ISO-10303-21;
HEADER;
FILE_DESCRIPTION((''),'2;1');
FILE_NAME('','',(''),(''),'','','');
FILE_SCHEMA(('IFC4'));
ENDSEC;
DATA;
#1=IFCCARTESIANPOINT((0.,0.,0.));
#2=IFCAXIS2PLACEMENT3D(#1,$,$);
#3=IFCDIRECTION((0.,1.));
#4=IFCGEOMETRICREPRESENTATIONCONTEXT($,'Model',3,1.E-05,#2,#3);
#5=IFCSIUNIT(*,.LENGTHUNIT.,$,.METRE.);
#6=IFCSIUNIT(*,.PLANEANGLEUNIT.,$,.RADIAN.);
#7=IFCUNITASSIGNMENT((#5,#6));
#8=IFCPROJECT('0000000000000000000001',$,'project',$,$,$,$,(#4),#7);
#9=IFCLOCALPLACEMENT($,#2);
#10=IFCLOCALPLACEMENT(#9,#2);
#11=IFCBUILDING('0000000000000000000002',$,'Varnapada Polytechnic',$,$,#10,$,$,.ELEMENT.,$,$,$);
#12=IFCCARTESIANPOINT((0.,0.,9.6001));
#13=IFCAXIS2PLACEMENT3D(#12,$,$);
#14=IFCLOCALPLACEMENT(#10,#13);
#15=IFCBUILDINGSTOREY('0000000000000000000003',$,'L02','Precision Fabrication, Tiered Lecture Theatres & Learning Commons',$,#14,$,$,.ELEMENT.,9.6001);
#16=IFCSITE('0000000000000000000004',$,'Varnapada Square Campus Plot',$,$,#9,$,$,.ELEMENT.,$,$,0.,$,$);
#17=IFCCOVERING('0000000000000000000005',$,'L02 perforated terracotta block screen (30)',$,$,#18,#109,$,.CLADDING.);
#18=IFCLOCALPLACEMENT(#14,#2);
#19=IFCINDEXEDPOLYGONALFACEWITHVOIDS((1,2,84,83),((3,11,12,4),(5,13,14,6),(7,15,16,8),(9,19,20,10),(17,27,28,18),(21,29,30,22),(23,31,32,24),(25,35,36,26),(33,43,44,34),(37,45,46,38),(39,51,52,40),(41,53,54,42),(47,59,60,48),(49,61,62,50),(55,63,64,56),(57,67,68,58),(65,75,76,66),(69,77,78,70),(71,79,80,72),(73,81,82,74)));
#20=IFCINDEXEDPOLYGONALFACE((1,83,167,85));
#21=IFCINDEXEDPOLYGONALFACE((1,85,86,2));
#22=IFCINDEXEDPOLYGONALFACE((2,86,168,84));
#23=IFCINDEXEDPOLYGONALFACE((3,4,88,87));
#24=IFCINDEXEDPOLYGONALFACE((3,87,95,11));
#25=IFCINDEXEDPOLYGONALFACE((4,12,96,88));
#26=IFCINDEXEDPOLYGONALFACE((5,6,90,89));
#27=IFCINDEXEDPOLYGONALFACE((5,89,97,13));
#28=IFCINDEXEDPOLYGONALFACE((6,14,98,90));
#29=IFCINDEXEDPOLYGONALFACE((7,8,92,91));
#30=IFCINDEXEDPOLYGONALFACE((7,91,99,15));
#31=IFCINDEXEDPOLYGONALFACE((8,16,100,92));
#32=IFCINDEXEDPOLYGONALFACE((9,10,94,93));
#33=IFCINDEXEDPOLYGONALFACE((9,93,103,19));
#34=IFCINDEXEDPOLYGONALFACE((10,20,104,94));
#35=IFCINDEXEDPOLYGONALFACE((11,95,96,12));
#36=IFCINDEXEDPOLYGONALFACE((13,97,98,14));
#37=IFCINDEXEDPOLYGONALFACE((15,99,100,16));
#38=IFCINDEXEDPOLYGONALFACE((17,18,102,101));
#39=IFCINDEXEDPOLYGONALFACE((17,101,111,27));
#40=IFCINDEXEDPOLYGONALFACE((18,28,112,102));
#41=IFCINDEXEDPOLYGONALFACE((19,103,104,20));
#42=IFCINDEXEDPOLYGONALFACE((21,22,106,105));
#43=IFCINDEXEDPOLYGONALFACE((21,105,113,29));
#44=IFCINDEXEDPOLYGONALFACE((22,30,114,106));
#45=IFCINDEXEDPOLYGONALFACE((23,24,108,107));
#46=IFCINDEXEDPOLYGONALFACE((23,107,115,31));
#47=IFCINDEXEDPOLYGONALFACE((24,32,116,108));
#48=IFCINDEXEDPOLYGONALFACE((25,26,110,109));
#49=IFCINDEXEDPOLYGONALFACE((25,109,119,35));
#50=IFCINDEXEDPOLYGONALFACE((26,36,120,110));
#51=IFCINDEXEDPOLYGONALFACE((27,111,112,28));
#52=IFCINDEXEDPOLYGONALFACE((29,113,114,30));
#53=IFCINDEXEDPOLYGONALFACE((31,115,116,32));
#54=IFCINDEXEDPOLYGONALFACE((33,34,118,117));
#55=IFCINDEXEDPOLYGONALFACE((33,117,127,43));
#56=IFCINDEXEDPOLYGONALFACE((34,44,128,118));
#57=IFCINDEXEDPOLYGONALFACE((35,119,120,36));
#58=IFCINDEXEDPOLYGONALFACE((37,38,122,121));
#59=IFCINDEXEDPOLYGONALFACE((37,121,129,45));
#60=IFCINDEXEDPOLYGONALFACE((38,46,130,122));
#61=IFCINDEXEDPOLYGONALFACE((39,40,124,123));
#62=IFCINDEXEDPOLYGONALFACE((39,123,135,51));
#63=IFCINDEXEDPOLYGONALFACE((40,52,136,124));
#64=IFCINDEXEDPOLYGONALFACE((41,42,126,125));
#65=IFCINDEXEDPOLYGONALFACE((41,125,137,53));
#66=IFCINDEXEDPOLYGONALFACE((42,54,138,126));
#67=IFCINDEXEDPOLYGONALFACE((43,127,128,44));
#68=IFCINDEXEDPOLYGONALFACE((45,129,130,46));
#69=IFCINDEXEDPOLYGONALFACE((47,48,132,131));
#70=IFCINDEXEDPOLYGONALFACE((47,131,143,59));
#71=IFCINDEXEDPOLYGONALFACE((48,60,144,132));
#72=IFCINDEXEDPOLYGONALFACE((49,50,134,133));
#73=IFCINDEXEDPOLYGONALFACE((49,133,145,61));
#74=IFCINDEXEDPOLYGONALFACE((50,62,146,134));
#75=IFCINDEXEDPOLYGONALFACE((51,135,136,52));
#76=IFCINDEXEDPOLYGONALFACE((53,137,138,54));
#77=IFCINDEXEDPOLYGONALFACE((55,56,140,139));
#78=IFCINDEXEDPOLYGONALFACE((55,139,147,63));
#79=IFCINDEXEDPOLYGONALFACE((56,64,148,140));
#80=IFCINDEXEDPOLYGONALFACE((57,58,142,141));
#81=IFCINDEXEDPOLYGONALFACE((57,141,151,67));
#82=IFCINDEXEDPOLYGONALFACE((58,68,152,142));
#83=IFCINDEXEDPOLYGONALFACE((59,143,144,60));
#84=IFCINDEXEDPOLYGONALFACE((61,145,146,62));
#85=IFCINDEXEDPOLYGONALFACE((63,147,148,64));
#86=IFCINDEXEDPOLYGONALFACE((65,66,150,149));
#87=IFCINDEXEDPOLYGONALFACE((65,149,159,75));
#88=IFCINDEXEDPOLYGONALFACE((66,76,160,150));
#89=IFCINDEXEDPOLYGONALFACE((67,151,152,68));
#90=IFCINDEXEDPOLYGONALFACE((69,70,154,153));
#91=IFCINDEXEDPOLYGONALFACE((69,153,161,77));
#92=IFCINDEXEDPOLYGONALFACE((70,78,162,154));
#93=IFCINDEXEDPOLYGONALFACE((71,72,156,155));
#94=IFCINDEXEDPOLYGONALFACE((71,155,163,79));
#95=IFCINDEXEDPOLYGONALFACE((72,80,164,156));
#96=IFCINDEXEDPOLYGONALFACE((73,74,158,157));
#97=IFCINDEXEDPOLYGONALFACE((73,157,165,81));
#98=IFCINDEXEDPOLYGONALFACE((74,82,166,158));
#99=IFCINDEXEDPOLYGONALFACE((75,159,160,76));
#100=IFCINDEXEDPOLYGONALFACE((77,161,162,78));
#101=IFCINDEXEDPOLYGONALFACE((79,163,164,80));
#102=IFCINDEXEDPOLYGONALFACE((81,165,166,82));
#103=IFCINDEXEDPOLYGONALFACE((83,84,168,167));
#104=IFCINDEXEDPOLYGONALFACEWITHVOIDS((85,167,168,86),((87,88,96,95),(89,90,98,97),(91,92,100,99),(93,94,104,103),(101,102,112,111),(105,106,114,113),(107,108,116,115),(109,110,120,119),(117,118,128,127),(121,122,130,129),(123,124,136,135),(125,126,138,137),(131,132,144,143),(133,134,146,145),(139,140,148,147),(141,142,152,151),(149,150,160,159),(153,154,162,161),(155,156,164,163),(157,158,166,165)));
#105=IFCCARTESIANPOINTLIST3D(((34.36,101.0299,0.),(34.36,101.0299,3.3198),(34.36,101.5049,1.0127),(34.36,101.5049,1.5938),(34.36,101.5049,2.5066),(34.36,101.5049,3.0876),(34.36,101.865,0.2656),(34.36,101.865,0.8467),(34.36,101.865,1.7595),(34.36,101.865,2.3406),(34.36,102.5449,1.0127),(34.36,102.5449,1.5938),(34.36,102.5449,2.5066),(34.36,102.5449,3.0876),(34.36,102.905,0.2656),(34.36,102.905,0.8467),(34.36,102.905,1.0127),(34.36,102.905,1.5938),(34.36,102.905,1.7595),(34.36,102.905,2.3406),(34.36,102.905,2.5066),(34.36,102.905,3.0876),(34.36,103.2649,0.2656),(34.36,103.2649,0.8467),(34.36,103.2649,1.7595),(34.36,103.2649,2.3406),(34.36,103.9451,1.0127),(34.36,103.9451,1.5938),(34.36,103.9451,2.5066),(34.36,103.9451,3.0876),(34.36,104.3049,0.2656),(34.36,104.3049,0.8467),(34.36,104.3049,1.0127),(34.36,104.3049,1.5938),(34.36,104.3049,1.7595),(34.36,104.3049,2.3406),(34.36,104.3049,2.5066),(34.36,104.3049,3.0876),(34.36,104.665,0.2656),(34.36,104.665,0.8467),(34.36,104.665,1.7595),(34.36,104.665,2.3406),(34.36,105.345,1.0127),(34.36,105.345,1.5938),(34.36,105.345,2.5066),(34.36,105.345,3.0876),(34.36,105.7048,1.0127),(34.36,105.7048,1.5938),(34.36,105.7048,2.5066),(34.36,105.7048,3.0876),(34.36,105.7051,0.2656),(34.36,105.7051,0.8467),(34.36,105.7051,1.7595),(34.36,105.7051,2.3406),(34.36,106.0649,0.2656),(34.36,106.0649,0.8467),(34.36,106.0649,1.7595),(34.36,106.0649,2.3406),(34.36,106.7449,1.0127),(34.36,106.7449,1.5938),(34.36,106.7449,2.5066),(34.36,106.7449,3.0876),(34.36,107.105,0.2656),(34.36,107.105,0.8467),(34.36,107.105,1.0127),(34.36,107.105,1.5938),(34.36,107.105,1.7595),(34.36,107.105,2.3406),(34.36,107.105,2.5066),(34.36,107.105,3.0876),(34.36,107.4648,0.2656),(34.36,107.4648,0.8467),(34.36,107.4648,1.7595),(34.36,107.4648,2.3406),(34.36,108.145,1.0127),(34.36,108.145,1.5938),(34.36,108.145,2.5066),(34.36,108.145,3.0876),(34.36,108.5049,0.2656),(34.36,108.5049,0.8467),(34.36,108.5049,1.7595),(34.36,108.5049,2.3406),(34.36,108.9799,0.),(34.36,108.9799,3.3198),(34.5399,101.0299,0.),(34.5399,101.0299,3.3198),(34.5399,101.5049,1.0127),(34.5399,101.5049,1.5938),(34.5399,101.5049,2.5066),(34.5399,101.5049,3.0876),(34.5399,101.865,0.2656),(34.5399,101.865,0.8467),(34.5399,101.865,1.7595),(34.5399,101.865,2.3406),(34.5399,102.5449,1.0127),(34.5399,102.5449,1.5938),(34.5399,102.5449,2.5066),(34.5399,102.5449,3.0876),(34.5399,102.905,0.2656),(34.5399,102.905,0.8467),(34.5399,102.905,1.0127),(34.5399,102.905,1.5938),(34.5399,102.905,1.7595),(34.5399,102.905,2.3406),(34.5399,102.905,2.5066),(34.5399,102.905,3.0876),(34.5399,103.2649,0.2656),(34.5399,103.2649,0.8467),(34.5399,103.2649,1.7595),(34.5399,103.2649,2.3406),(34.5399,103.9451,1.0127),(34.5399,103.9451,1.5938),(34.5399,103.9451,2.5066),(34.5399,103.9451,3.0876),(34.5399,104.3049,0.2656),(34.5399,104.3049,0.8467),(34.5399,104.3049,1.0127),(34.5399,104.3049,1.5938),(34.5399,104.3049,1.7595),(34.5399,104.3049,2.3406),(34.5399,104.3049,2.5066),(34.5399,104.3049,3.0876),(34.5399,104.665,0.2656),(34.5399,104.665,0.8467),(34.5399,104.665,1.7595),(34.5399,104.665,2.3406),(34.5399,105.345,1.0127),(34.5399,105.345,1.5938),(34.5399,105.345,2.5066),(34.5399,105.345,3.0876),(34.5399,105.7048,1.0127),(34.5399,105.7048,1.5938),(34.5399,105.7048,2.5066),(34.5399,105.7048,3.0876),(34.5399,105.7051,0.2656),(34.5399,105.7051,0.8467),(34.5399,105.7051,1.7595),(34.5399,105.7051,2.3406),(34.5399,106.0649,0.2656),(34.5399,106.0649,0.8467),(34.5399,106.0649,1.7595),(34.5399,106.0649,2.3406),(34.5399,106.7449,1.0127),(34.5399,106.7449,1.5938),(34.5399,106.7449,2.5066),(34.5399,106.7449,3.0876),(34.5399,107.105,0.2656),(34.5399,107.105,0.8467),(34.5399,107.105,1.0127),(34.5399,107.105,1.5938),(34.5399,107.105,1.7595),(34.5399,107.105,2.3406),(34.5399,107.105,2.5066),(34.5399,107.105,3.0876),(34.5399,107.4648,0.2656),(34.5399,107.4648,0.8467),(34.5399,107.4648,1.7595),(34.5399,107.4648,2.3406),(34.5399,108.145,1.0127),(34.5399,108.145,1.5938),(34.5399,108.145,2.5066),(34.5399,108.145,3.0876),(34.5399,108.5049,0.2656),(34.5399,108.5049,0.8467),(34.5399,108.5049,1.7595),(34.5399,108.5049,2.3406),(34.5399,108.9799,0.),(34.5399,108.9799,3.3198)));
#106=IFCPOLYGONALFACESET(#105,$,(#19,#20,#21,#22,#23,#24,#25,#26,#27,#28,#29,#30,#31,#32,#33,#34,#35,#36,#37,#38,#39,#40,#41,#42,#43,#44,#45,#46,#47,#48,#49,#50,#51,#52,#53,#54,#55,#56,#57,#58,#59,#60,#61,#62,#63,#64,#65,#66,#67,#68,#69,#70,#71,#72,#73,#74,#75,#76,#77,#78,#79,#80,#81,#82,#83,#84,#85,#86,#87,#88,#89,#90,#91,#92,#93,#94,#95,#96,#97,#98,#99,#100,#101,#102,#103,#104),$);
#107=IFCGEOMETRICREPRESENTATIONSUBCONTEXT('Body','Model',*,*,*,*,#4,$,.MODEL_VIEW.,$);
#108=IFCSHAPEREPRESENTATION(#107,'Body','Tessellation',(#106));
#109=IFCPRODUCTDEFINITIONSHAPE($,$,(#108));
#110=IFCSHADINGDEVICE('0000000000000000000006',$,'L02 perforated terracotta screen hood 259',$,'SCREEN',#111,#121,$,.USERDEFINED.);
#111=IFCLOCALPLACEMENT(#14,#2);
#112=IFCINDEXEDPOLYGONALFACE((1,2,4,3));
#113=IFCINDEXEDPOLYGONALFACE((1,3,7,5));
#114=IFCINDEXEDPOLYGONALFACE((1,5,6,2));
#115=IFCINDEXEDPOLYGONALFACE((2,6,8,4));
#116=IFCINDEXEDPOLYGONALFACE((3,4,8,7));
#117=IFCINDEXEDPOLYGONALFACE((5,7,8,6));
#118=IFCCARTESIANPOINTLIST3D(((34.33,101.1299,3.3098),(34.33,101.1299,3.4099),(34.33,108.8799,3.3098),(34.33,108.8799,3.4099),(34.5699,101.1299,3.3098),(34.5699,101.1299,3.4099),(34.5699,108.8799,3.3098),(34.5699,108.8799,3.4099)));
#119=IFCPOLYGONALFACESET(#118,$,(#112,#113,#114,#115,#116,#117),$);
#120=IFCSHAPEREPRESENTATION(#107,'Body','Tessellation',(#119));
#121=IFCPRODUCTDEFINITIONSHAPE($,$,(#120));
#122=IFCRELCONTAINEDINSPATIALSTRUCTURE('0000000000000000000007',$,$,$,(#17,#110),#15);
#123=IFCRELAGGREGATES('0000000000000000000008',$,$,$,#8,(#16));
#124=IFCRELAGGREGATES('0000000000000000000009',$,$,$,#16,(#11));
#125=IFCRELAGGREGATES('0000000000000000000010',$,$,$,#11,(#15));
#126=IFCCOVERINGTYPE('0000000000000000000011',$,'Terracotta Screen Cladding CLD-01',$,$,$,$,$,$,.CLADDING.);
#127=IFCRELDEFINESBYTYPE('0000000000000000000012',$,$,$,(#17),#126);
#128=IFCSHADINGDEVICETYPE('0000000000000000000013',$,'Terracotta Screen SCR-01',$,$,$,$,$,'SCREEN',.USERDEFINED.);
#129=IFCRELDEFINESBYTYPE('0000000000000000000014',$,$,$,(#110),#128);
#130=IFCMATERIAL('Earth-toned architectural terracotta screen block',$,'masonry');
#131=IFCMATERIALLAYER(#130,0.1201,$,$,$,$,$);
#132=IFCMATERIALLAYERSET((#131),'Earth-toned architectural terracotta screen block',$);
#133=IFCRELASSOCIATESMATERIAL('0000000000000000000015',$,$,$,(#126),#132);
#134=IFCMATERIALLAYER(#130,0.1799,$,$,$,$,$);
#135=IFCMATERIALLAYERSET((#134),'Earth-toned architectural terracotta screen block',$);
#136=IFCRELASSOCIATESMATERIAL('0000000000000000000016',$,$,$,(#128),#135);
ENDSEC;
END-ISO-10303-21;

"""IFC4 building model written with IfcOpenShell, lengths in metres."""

from ifc_helpers import new_model, si_unit, direction, frame, frame_2d, origin, origin_2d, place, context, subcontext, project, spatial, rectangle, extrude, material, layer, layer_set, type_object, element, save


model = new_model("IFC4")

# Units and contexts
model_context = context("Model", 3, precision=1e-05, world=origin(), true_north=direction((0.0, 1.0)))
body_context = subcontext(model_context, "Body", "Model", "MODEL_VIEW")
ifc_project = project(units=[si_unit("LENGTHUNIT", "METRE"), si_unit("PLANEANGLEUNIT", "RADIAN")], contexts=[model_context])

# Site, building, storey
site_placement = place(None, origin())
site = spatial("IfcSite", under=ifc_project, at=site_placement, Name="Varnapada Square Campus Plot", CompositionType="ELEMENT", RefElevation=0.0)
building_placement = place(site_placement, origin())
building = spatial("IfcBuilding", under=site, at=building_placement, Name="Varnapada Polytechnic", CompositionType="ELEMENT")
storey_placement = place(building_placement, frame((0.0, 0.0, 9.6001)))
storey = spatial("IfcBuildingStorey", under=building, at=storey_placement, Name="L02", Description="Precision Fabrication, Tiered Lecture Theatres & Learning Commons", CompositionType="ELEMENT", Elevation=9.6001)

# Covering, openings
ifc_material_1 = material(Name="Earth-toned architectural terracotta screen block", Category="masonry")
ifc_layer_1 = layer(ifc_material_1, 0.1201)
ifc_layer_set_1 = layer_set([ifc_layer_1], Name="Earth-toned architectural terracotta screen block")
covering_type = type_object("IfcCoveringType", Name="Terracotta Screen Cladding CLD-01", PredefinedType="CLADDING", material=ifc_layer_set_1)
covering_placement = place(storey_placement, frame((34.45, 108.98, 0.0), z_axis=(0.0, 0.0, 1.0), x_axis=(0.0, -1.0, 0.0)))
covering = element("IfcCovering", 1, at=covering_placement, inside=storey, type_object=covering_type, Name="L02 perforated terracotta block screen (30)", PredefinedType="CLADDING", context=body_context, shape_type="SweptSolid", body=[
    extrude(rectangle(XDim=7.95, YDim=0.1799, at=frame_2d((3.9751, 0.0))), origin(), (0.0, 0.0, 1.0), 3.3198),
])
opening_1_placement = place(covering_placement, frame((0.4751, 0.0, 0.2656)))
element("IfcOpeningElement", 2, at=opening_1_placement, cuts=covering, PredefinedType="OPENING", context=body_context, shape_type="SweptSolid", body=[
    extrude(rectangle(XDim=1.04, YDim=0.5811, at=frame_2d((0.52, 0.2905))), frame((0.0, 0.0999, 0.0), z_axis=(0.0, -1.0, 0.0), x_axis=(1.0, 0.0, 0.0)), (0.0, 0.0, 1.0), 0.2),
])
opening_2_placement = place(covering_placement, frame((1.875, 0.0, 0.2656)))
element("IfcOpeningElement", 3, at=opening_2_placement, cuts=covering, PredefinedType="OPENING", context=body_context, shape_type="SweptSolid", body=[
    extrude(rectangle(XDim=1.04, YDim=0.5811, at=frame_2d((0.52, 0.2905))), frame((0.0, 0.0999, 0.0), z_axis=(0.0, -1.0, 0.0), x_axis=(1.0, 0.0, 0.0)), (0.0, 0.0, 1.0), 0.2),
])
opening_3_placement = place(covering_placement, frame((3.2749, 0.0, 0.2656)))
element("IfcOpeningElement", 4, at=opening_3_placement, cuts=covering, PredefinedType="OPENING", context=body_context, shape_type="SweptSolid", body=[
    extrude(rectangle(XDim=1.04, YDim=0.5811, at=frame_2d((0.52, 0.2905))), frame((0.0, 0.0999, 0.0), z_axis=(0.0, -1.0, 0.0), x_axis=(1.0, 0.0, 0.0)), (0.0, 0.0, 1.0), 0.2),
])
opening_4_placement = place(covering_placement, frame((4.675, 0.0, 0.2656)))
element("IfcOpeningElement", 5, at=opening_4_placement, cuts=covering, PredefinedType="OPENING", context=body_context, shape_type="SweptSolid", body=[
    extrude(rectangle(XDim=1.04, YDim=0.5811, at=frame_2d((0.52, 0.2905))), frame((0.0, 0.0999, 0.0), z_axis=(0.0, -1.0, 0.0), x_axis=(1.0, 0.0, 0.0)), (0.0, 0.0, 1.0), 0.2),
])
opening_5_placement = place(covering_placement, frame((6.075, 0.0, 0.2656)))
element("IfcOpeningElement", 6, at=opening_5_placement, cuts=covering, PredefinedType="OPENING", context=body_context, shape_type="SweptSolid", body=[
    extrude(rectangle(XDim=1.04, YDim=0.5811, at=frame_2d((0.52, 0.2905))), frame((0.0, 0.0999, 0.0), z_axis=(0.0, -1.0, 0.0), x_axis=(1.0, 0.0, 0.0)), (0.0, 0.0, 1.0), 0.2),
])
opening_6_placement = place(covering_placement, frame((0.835, 0.0, 1.0127)))
element("IfcOpeningElement", 7, at=opening_6_placement, cuts=covering, PredefinedType="OPENING", context=body_context, shape_type="SweptSolid", body=[
    extrude(rectangle(XDim=1.04, YDim=0.5811, at=frame_2d((0.52, 0.2905))), frame((0.0, 0.0999, 0.0), z_axis=(0.0, -1.0, 0.0), x_axis=(1.0, 0.0, 0.0)), (0.0, 0.0, 1.0), 0.2),
])
opening_7_placement = place(covering_placement, frame((2.2351, 0.0, 1.0127)))
element("IfcOpeningElement", 8, at=opening_7_placement, cuts=covering, PredefinedType="OPENING", context=body_context, shape_type="SweptSolid", body=[
    extrude(rectangle(XDim=1.04, YDim=0.5811, at=frame_2d((0.52, 0.2905))), frame((0.0, 0.0999, 0.0), z_axis=(0.0, -1.0, 0.0), x_axis=(1.0, 0.0, 0.0)), (0.0, 0.0, 1.0), 0.2),
])
opening_8_placement = place(covering_placement, frame((3.635, 0.0, 1.0127)))
element("IfcOpeningElement", 9, at=opening_8_placement, cuts=covering, PredefinedType="OPENING", context=body_context, shape_type="SweptSolid", body=[
    extrude(rectangle(XDim=1.04, YDim=0.5811, at=frame_2d((0.52, 0.2905))), frame((0.0, 0.0999, 0.0), z_axis=(0.0, -1.0, 0.0), x_axis=(1.0, 0.0, 0.0)), (0.0, 0.0, 1.0), 0.2),
])
opening_9_placement = place(covering_placement, frame((5.0349, 0.0, 1.0127)))
element("IfcOpeningElement", 10, at=opening_9_placement, cuts=covering, PredefinedType="OPENING", context=body_context, shape_type="SweptSolid", body=[
    extrude(rectangle(XDim=1.04, YDim=0.5811, at=frame_2d((0.52, 0.2905))), frame((0.0, 0.0999, 0.0), z_axis=(0.0, -1.0, 0.0), x_axis=(1.0, 0.0, 0.0)), (0.0, 0.0, 1.0), 0.2),
])
opening_10_placement = place(covering_placement, frame((6.4351, 0.0, 1.0127)))
element("IfcOpeningElement", 11, at=opening_10_placement, cuts=covering, PredefinedType="OPENING", context=body_context, shape_type="SweptSolid", body=[
    extrude(rectangle(XDim=1.04, YDim=0.5811, at=frame_2d((0.52, 0.2905))), frame((0.0, 0.0999, 0.0), z_axis=(0.0, -1.0, 0.0), x_axis=(1.0, 0.0, 0.0)), (0.0, 0.0, 1.0), 0.2),
])
opening_11_placement = place(covering_placement, frame((0.4751, 0.0, 1.7595)))
element("IfcOpeningElement", 12, at=opening_11_placement, cuts=covering, PredefinedType="OPENING", context=body_context, shape_type="SweptSolid", body=[
    extrude(rectangle(XDim=1.04, YDim=0.5811, at=frame_2d((0.52, 0.2905))), frame((0.0, 0.0999, 0.0), z_axis=(0.0, -1.0, 0.0), x_axis=(1.0, 0.0, 0.0)), (0.0, 0.0, 1.0), 0.2),
])
opening_12_placement = place(covering_placement, frame((1.875, 0.0, 1.7595)))
element("IfcOpeningElement", 13, at=opening_12_placement, cuts=covering, PredefinedType="OPENING", context=body_context, shape_type="SweptSolid", body=[
    extrude(rectangle(XDim=1.04, YDim=0.5811, at=frame_2d((0.52, 0.2905))), frame((0.0, 0.0999, 0.0), z_axis=(0.0, -1.0, 0.0), x_axis=(1.0, 0.0, 0.0)), (0.0, 0.0, 1.0), 0.2),
])
opening_13_placement = place(covering_placement, frame((3.2749, 0.0, 1.7595)))
element("IfcOpeningElement", 14, at=opening_13_placement, cuts=covering, PredefinedType="OPENING", context=body_context, shape_type="SweptSolid", body=[
    extrude(rectangle(XDim=1.04, YDim=0.5811, at=frame_2d((0.52, 0.2905))), frame((0.0, 0.0999, 0.0), z_axis=(0.0, -1.0, 0.0), x_axis=(1.0, 0.0, 0.0)), (0.0, 0.0, 1.0), 0.2),
])
opening_14_placement = place(covering_placement, frame((4.675, 0.0, 1.7595)))
element("IfcOpeningElement", 15, at=opening_14_placement, cuts=covering, PredefinedType="OPENING", context=body_context, shape_type="SweptSolid", body=[
    extrude(rectangle(XDim=1.04, YDim=0.5811, at=frame_2d((0.52, 0.2905))), frame((0.0, 0.0999, 0.0), z_axis=(0.0, -1.0, 0.0), x_axis=(1.0, 0.0, 0.0)), (0.0, 0.0, 1.0), 0.2),
])
opening_15_placement = place(covering_placement, frame((6.075, 0.0, 1.7595)))
element("IfcOpeningElement", 16, at=opening_15_placement, cuts=covering, PredefinedType="OPENING", context=body_context, shape_type="SweptSolid", body=[
    extrude(rectangle(XDim=1.04, YDim=0.5811, at=frame_2d((0.52, 0.2905))), frame((0.0, 0.0999, 0.0), z_axis=(0.0, -1.0, 0.0), x_axis=(1.0, 0.0, 0.0)), (0.0, 0.0, 1.0), 0.2),
])
opening_16_placement = place(covering_placement, frame((0.835, 0.0, 2.5066)))
element("IfcOpeningElement", 17, at=opening_16_placement, cuts=covering, PredefinedType="OPENING", context=body_context, shape_type="SweptSolid", body=[
    extrude(rectangle(XDim=1.04, YDim=0.5811, at=frame_2d((0.52, 0.2905))), frame((0.0, 0.0999, 0.0), z_axis=(0.0, -1.0, 0.0), x_axis=(1.0, 0.0, 0.0)), (0.0, 0.0, 1.0), 0.2),
])
opening_17_placement = place(covering_placement, frame((2.2351, 0.0, 2.5066)))
element("IfcOpeningElement", 18, at=opening_17_placement, cuts=covering, PredefinedType="OPENING", context=body_context, shape_type="SweptSolid", body=[
    extrude(rectangle(XDim=1.04, YDim=0.5811, at=frame_2d((0.52, 0.2905))), frame((0.0, 0.0999, 0.0), z_axis=(0.0, -1.0, 0.0), x_axis=(1.0, 0.0, 0.0)), (0.0, 0.0, 1.0), 0.2),
])
opening_18_placement = place(covering_placement, frame((3.635, 0.0, 2.5066)))
element("IfcOpeningElement", 19, at=opening_18_placement, cuts=covering, PredefinedType="OPENING", context=body_context, shape_type="SweptSolid", body=[
    extrude(rectangle(XDim=1.04, YDim=0.5811, at=frame_2d((0.52, 0.2905))), frame((0.0, 0.0999, 0.0), z_axis=(0.0, -1.0, 0.0), x_axis=(1.0, 0.0, 0.0)), (0.0, 0.0, 1.0), 0.2),
])
opening_19_placement = place(covering_placement, frame((5.0349, 0.0, 2.5066)))
element("IfcOpeningElement", 20, at=opening_19_placement, cuts=covering, PredefinedType="OPENING", context=body_context, shape_type="SweptSolid", body=[
    extrude(rectangle(XDim=1.04, YDim=0.5811, at=frame_2d((0.52, 0.2905))), frame((0.0, 0.0999, 0.0), z_axis=(0.0, -1.0, 0.0), x_axis=(1.0, 0.0, 0.0)), (0.0, 0.0, 1.0), 0.2),
])
opening_20_placement = place(covering_placement, frame((6.4351, 0.0, 2.5066)))
element("IfcOpeningElement", 21, at=opening_20_placement, cuts=covering, PredefinedType="OPENING", context=body_context, shape_type="SweptSolid", body=[
    extrude(rectangle(XDim=1.04, YDim=0.5811, at=frame_2d((0.52, 0.2905))), frame((0.0, 0.0999, 0.0), z_axis=(0.0, -1.0, 0.0), x_axis=(1.0, 0.0, 0.0)), (0.0, 0.0, 1.0), 0.2),
])

# Shading device
ifc_layer_2 = layer(ifc_material_1, 0.1799)
ifc_layer_set_2 = layer_set([ifc_layer_2], Name="Earth-toned architectural terracotta screen block")
shading_device_type = type_object("IfcShadingDeviceType", Name="Terracotta Screen SCR-01", ElementType="SCREEN", PredefinedType="USERDEFINED", material=ifc_layer_set_2)
shading_device_placement = place(storey_placement, frame((34.45, 105.0049, 3.3098), z_axis=(0.0, 0.0, 1.0), x_axis=(0.0, -1.0, 0.0)))
element("IfcShadingDevice", 22, at=shading_device_placement, inside=storey, type_object=shading_device_type, Name="L02 perforated terracotta screen hood 259", ObjectType="SCREEN", PredefinedType="USERDEFINED", context=body_context, shape_type="SweptSolid", body=[
    extrude(rectangle(XDim=7.75, YDim=0.24, at=origin_2d()), origin(), (0.0, 0.0, 1.0), 0.1001),
])

save(model, "model.ifc")
